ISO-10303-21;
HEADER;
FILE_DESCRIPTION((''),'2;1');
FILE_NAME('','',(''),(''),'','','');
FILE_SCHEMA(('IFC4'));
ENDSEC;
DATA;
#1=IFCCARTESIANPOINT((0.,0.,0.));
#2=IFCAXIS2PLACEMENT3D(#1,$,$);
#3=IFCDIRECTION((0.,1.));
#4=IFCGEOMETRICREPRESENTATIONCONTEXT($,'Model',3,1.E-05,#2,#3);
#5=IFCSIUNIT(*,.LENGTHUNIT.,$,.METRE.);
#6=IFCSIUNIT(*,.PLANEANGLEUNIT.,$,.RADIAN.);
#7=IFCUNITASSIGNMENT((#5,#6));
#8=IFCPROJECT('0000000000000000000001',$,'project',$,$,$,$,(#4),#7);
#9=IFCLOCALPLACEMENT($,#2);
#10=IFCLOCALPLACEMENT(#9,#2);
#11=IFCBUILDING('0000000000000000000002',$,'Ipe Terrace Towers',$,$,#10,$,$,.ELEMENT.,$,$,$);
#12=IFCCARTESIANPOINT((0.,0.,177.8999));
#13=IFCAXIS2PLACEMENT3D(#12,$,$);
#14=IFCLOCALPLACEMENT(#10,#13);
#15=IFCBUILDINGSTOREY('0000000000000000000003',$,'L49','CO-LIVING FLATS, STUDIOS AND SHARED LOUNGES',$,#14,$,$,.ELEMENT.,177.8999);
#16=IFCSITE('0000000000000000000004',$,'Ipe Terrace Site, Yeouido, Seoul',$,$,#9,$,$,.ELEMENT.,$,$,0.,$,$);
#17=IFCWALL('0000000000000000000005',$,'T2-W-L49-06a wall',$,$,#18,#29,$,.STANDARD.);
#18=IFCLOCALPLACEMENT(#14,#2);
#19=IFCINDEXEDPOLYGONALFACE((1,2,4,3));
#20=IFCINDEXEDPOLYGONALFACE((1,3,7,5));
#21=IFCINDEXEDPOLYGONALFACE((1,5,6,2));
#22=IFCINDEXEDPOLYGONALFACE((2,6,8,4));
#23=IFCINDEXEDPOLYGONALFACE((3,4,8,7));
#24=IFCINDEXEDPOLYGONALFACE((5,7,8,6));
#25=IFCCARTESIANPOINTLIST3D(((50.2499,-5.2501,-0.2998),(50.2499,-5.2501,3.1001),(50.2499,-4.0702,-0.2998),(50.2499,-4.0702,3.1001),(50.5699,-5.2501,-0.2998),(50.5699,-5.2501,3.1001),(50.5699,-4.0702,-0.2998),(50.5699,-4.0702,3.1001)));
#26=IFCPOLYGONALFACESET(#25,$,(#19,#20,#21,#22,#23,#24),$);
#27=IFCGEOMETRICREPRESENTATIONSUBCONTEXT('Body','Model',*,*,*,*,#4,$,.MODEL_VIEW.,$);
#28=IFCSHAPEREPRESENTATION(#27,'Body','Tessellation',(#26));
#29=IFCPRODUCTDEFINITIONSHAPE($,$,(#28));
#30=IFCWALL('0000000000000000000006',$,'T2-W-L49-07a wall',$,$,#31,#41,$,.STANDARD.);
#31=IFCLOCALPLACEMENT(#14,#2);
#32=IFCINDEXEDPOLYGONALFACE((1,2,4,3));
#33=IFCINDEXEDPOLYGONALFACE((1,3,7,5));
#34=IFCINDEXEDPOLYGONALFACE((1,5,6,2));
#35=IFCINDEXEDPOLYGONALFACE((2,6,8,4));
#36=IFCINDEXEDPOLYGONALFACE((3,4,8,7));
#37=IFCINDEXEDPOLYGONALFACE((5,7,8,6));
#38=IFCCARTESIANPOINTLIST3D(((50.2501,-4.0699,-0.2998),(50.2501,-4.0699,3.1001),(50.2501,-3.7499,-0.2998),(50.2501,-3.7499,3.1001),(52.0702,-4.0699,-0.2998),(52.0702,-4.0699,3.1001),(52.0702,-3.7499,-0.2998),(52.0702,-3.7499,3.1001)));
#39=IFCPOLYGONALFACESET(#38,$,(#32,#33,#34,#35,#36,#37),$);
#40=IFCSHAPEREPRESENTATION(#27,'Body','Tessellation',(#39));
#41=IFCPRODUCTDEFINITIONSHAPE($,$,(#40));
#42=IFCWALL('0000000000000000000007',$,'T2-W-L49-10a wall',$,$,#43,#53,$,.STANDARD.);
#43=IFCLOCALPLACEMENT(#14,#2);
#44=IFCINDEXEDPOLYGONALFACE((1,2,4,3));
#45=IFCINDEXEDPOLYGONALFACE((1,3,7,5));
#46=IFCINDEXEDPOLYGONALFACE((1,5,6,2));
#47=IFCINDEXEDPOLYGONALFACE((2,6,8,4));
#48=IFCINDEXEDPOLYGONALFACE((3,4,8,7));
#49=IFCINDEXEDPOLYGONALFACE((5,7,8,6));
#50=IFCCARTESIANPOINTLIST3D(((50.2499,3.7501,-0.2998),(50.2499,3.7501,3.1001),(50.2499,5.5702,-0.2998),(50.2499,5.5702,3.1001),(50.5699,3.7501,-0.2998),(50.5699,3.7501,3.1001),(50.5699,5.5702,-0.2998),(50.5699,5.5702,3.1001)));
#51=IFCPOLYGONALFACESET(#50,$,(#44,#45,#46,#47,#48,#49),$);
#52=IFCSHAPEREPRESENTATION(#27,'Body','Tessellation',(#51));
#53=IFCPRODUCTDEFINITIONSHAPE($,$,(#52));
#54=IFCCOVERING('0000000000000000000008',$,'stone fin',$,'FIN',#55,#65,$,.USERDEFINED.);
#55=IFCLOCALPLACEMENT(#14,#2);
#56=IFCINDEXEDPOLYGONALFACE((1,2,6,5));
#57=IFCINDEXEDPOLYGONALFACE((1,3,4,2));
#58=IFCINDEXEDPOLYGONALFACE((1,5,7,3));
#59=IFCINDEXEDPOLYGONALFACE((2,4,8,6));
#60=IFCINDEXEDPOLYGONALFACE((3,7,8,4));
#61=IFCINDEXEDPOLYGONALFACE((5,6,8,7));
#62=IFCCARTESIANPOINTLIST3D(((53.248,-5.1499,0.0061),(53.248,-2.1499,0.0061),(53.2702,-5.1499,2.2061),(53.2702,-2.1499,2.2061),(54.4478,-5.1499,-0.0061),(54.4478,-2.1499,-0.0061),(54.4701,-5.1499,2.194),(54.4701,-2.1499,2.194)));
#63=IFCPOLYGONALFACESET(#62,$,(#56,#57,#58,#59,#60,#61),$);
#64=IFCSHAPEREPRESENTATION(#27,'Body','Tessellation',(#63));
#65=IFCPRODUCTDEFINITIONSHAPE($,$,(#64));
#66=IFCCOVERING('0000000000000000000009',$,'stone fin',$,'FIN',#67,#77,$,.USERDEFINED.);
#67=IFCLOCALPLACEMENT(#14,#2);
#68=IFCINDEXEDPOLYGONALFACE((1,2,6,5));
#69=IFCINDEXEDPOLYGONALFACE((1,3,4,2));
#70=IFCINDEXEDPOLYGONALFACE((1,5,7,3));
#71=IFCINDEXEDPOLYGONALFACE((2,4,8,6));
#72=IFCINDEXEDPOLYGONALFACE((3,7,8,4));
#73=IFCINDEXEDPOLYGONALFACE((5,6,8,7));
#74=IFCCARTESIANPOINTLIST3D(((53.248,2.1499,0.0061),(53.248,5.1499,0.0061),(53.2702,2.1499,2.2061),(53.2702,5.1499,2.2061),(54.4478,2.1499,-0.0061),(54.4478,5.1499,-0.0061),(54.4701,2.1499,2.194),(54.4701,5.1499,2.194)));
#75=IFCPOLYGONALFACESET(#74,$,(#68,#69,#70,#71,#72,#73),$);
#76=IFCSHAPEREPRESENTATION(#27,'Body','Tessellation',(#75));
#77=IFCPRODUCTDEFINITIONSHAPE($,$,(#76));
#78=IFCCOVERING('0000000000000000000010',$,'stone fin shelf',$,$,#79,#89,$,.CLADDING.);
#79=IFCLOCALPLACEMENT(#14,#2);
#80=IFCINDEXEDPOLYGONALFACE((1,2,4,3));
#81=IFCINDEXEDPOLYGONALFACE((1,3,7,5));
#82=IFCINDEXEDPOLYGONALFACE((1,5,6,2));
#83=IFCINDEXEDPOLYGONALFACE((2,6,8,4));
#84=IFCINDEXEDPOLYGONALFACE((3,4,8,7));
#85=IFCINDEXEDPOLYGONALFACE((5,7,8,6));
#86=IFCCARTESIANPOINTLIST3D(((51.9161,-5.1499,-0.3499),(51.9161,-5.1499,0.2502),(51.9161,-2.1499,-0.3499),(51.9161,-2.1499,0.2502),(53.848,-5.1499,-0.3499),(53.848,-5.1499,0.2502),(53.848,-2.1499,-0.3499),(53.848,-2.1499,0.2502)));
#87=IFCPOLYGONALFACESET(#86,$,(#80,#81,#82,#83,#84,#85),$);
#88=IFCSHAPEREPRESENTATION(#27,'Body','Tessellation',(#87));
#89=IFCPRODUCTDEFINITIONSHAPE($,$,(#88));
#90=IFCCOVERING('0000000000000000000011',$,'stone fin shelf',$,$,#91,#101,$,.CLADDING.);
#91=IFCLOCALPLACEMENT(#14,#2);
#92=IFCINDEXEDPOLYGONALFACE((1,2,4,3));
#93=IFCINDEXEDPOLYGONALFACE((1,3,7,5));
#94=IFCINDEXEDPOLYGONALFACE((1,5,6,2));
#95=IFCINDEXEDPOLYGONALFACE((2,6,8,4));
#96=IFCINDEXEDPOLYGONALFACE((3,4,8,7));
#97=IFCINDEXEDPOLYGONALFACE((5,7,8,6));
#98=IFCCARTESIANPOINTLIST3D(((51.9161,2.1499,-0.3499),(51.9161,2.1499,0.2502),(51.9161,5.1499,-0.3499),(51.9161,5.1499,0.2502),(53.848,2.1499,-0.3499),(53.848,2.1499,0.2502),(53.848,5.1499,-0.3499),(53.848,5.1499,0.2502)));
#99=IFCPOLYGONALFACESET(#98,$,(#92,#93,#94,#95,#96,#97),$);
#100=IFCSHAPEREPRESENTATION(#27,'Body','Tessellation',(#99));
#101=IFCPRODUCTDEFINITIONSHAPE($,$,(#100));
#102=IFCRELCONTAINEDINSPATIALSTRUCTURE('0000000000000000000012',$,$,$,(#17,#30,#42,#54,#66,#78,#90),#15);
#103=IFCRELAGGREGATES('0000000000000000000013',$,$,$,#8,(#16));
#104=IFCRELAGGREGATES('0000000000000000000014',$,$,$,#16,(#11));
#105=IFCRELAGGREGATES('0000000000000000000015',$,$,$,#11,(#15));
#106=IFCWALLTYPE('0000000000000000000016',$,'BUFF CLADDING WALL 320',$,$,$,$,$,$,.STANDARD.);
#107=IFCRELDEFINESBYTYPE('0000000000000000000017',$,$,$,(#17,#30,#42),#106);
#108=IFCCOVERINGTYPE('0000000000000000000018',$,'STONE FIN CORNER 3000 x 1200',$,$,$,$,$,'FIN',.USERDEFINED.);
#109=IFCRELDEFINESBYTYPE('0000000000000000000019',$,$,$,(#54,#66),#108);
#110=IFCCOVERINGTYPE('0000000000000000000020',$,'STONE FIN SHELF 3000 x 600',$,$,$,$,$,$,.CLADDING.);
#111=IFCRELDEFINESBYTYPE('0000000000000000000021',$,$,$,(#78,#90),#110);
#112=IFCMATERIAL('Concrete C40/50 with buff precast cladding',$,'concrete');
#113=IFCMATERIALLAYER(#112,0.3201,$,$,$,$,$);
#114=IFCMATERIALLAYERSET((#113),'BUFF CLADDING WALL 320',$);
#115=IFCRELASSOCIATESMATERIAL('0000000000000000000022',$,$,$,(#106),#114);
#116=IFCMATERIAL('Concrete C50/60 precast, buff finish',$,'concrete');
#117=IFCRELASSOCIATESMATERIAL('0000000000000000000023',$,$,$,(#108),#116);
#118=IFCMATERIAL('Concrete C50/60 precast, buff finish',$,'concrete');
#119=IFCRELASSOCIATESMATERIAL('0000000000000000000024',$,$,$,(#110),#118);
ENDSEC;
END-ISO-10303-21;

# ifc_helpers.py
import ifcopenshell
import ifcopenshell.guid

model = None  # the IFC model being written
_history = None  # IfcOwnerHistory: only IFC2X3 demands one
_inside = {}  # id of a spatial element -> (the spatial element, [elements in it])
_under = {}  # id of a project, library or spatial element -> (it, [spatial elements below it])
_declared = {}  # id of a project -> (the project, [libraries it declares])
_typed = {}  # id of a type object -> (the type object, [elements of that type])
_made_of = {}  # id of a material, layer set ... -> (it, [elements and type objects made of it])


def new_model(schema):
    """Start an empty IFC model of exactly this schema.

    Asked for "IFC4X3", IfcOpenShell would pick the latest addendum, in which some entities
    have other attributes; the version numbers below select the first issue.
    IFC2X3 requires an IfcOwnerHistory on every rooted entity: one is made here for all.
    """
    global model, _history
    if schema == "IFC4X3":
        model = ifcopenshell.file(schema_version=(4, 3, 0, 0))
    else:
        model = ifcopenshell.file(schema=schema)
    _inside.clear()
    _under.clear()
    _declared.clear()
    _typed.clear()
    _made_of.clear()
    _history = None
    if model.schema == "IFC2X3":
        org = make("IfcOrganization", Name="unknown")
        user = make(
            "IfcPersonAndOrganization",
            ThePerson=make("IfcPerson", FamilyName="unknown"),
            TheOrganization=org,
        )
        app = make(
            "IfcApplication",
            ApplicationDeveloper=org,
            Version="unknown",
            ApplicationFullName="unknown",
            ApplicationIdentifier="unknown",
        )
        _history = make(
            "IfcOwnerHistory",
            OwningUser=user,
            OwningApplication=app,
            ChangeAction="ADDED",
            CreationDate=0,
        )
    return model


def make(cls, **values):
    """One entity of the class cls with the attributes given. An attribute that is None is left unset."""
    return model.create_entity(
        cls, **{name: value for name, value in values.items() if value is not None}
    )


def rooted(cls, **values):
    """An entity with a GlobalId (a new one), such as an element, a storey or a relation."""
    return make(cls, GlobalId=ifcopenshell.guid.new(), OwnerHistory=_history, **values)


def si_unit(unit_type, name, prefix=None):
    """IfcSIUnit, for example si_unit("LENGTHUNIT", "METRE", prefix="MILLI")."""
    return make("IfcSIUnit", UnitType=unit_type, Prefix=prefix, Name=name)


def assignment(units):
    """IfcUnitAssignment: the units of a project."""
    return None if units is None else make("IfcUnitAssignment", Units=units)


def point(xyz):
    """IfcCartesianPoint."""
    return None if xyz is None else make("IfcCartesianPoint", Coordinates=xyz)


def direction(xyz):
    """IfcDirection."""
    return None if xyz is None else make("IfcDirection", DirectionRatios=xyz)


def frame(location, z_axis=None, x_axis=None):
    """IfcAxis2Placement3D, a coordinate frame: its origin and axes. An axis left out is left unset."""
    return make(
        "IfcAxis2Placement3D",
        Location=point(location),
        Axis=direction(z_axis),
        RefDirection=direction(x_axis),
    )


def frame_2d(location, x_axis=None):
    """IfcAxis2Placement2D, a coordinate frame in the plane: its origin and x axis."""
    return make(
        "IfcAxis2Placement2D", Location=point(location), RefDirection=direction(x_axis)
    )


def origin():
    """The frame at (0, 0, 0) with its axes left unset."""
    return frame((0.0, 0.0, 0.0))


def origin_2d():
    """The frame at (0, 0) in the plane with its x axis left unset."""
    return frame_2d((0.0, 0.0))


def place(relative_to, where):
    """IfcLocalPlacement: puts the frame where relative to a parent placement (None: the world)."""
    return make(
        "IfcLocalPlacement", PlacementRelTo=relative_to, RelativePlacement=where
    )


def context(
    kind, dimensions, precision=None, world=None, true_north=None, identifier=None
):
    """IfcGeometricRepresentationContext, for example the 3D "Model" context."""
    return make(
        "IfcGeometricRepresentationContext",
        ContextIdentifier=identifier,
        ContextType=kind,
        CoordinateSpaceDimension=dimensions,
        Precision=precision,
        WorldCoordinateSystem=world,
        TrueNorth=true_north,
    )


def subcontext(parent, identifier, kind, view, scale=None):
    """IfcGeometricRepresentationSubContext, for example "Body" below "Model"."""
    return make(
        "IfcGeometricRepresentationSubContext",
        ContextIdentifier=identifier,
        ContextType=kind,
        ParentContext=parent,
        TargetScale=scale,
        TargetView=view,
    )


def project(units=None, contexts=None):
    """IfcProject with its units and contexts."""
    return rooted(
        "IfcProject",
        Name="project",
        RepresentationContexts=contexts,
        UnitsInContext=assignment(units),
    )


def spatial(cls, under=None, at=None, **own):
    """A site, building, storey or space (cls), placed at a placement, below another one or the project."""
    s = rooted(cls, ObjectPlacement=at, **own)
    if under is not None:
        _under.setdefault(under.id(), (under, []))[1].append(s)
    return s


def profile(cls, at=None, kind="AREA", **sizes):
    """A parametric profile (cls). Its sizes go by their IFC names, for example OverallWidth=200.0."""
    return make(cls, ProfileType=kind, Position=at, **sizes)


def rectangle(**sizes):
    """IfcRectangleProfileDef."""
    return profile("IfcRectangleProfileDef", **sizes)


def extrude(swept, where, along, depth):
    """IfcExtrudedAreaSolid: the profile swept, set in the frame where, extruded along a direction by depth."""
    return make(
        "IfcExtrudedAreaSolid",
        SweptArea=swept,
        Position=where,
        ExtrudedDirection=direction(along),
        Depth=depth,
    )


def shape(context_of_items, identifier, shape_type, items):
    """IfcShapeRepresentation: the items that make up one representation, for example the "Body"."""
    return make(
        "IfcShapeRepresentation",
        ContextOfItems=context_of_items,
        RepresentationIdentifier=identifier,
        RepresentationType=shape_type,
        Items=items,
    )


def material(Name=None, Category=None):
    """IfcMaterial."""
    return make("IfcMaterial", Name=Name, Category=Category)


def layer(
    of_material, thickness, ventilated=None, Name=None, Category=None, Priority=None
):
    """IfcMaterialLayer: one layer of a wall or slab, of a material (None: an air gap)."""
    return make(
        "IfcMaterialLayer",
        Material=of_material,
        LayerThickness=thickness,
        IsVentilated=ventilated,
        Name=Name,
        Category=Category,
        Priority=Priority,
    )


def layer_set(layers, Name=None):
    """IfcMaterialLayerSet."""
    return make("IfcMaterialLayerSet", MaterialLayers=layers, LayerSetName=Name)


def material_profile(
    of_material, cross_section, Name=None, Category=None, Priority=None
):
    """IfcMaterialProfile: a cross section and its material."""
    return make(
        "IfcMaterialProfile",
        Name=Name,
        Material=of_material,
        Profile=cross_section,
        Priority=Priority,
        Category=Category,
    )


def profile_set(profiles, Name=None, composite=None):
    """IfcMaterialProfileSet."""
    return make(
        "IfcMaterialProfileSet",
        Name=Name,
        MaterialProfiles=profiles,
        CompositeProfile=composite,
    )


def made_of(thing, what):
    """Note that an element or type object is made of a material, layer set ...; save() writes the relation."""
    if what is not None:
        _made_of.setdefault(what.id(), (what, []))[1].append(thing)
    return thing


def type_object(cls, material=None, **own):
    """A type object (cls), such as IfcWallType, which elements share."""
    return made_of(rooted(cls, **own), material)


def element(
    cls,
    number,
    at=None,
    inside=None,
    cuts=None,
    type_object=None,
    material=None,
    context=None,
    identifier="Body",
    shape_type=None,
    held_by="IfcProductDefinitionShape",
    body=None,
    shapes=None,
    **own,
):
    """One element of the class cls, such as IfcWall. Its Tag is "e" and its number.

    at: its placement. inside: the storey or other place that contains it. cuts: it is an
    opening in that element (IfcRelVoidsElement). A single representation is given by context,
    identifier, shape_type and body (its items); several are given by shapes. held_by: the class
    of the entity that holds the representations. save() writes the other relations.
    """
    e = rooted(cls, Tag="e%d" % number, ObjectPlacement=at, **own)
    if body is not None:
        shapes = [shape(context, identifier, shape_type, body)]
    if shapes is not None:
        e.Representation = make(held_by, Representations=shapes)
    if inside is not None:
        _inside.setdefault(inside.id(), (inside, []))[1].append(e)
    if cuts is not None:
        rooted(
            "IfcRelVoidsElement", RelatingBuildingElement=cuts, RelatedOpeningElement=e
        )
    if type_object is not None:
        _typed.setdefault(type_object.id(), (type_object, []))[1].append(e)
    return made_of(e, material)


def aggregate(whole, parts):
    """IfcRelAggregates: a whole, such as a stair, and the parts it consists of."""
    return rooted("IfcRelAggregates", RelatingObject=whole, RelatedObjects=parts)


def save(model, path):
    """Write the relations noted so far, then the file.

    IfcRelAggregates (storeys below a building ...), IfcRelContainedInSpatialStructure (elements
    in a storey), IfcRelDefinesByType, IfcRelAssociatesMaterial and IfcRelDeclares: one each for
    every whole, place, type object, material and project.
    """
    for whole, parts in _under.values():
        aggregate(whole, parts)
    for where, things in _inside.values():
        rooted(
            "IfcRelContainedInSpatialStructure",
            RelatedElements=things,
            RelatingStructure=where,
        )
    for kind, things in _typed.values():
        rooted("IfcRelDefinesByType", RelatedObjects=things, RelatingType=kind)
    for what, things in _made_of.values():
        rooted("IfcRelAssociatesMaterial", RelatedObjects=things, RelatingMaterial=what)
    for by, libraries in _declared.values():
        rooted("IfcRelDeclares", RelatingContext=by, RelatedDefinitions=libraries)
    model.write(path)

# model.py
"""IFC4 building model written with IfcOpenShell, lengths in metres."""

from ifc_helpers import new_model, si_unit, direction, frame, frame_2d, origin, origin_2d, place, context, subcontext, project, spatial, rectangle, extrude, material, layer, layer_set, material_profile, profile_set, type_object, element, save


model = new_model("IFC4")

# Units and contexts
model_context = context("Model", 3, precision=1e-05, world=origin(), true_north=direction((0.0, 1.0)))
body_context = subcontext(model_context, "Body", "Model", "MODEL_VIEW")
ifc_project = project(units=[si_unit("LENGTHUNIT", "METRE"), si_unit("PLANEANGLEUNIT", "RADIAN")], contexts=[model_context])

# Site, building, storey
site_placement = place(None, origin())
site = spatial("IfcSite", under=ifc_project, at=site_placement, Name="Ipe Terrace Site, Yeouido, Seoul", CompositionType="ELEMENT", RefElevation=0.0)
building_placement = place(site_placement, origin())
building = spatial("IfcBuilding", under=site, at=building_placement, Name="Ipe Terrace Towers", CompositionType="ELEMENT")
storey_placement = place(building_placement, frame((0.0, 0.0, 177.8999)))
storey = spatial("IfcBuildingStorey", under=building, at=storey_placement, Name="L49", Description="CO-LIVING FLATS, STUDIOS AND SHARED LOUNGES", CompositionType="ELEMENT", Elevation=177.8999)

# Walls
ifc_material_1 = material(Name="Concrete C40/50 with buff precast cladding", Category="concrete")
ifc_layer_1 = layer(ifc_material_1, 0.3201)
ifc_layer_set_1 = layer_set([ifc_layer_1], Name="BUFF CLADDING WALL 320")
wall_type = type_object("IfcWallType", Name="BUFF CLADDING WALL 320", PredefinedType="STANDARD", material=ifc_layer_set_1)
wall_1_placement = place(storey_placement, frame((50.4099, -5.25, -0.2998), z_axis=(0.0, 0.0, 1.0), x_axis=(0.0, 1.0, 0.0)))
element("IfcWall", 1, at=wall_1_placement, inside=storey, type_object=wall_type, Name="T2-W-L49-06a wall", PredefinedType="STANDARD", context=body_context, shape_type="SweptSolid", body=[
    extrude(rectangle(XDim=1.1799, YDim=0.3201, at=frame_2d((0.5898, 0.0))), origin(), (0.0, 0.0, 1.0), 3.3999),
])
for number, where, z_axis, x_axis, name in (
    (2, (50.25, -3.9099, -0.2998), (0.0, 0.0, 1.0), (1.0, 0.0, 0.0), "T2-W-L49-07a wall"),
    (3, (50.4099, 3.75, -0.2998), (0.0, 0.0, 1.0), (0.0, 1.0, 0.0), "T2-W-L49-10a wall"),
):
    element("IfcWall", number, at=place(storey_placement, frame(where, z_axis=z_axis, x_axis=x_axis)), inside=storey, type_object=wall_type, Name=name, PredefinedType="STANDARD", context=body_context, shape_type="SweptSolid", body=[
        extrude(rectangle(XDim=1.8201, YDim=0.3201, at=frame_2d((0.9102, 0.0))), origin(), (0.0, 0.0, 1.0), 3.3999),
    ])

# Coverings
ifc_material_2 = material(Name="Concrete C50/60 precast, buff finish", Category="concrete")
ifc_material_profile_1 = material_profile(ifc_material_2, rectangle(XDim=3.0, YDim=1.2, at=origin_2d()), Name="STONE FIN CORNER 3000 x 1200")
ifc_profile_set_1 = profile_set([ifc_material_profile_1], Name="Concrete C50/60 precast, buff finish")
covering_type_1 = type_object("IfcCoveringType", Name="STONE FIN CORNER 3000 x 1200", ElementType="FIN", PredefinedType="USERDEFINED", material=ifc_profile_set_1)
for number, where, z_axis, x_axis, name in (
    (4, (53.8479, -3.6499, 0.0), (0.010097, 0.0, 0.999949), (0.0, 1.0, 0.0), "stone fin"),
    (5, (53.8479, 3.6499, 0.0), (0.010097, 0.0, 0.999949), (0.0, 1.0, 0.0), "stone fin"),
):
    element("IfcCovering", number, at=place(storey_placement, frame(where, z_axis=z_axis, x_axis=x_axis)), inside=storey, type_object=covering_type_1, Name=name, ObjectType="FIN", PredefinedType="USERDEFINED", context=body_context, shape_type="SweptSolid", body=[
        extrude(rectangle(XDim=3.0, YDim=1.2, at=origin_2d()), origin(), (0.0, 0.0, 1.0), 2.2002),
    ])
ifc_material_3 = material(Name="Concrete C50/60 precast, buff finish", Category="concrete")
covering_type_2 = type_object("IfcCoveringType", Name="STONE FIN SHELF 3000 x 600", PredefinedType="CLADDING", material=ifc_material_3)
for number, where, z_axis, x_axis, name in (
    (6, (52.8821, -3.6499, -0.3499), (0.0, 0.0, 1.0), (0.0, 1.0, 0.0), "stone fin shelf"),
    (7, (52.8821, 3.6499, -0.3499), (0.0, 0.0, 1.0), (0.0, 1.0, 0.0), "stone fin shelf"),
):
    element("IfcCovering", number, at=place(storey_placement, frame(where, z_axis=z_axis, x_axis=x_axis)), inside=storey, type_object=covering_type_2, Name=name, PredefinedType="CLADDING", context=body_context, shape_type="SweptSolid", body=[
        extrude(rectangle(XDim=3.0, YDim=1.9319, at=origin_2d()), origin(), (0.0, 0.0, 1.0), 0.6001),
    ])

save(model, "model.ifc")
